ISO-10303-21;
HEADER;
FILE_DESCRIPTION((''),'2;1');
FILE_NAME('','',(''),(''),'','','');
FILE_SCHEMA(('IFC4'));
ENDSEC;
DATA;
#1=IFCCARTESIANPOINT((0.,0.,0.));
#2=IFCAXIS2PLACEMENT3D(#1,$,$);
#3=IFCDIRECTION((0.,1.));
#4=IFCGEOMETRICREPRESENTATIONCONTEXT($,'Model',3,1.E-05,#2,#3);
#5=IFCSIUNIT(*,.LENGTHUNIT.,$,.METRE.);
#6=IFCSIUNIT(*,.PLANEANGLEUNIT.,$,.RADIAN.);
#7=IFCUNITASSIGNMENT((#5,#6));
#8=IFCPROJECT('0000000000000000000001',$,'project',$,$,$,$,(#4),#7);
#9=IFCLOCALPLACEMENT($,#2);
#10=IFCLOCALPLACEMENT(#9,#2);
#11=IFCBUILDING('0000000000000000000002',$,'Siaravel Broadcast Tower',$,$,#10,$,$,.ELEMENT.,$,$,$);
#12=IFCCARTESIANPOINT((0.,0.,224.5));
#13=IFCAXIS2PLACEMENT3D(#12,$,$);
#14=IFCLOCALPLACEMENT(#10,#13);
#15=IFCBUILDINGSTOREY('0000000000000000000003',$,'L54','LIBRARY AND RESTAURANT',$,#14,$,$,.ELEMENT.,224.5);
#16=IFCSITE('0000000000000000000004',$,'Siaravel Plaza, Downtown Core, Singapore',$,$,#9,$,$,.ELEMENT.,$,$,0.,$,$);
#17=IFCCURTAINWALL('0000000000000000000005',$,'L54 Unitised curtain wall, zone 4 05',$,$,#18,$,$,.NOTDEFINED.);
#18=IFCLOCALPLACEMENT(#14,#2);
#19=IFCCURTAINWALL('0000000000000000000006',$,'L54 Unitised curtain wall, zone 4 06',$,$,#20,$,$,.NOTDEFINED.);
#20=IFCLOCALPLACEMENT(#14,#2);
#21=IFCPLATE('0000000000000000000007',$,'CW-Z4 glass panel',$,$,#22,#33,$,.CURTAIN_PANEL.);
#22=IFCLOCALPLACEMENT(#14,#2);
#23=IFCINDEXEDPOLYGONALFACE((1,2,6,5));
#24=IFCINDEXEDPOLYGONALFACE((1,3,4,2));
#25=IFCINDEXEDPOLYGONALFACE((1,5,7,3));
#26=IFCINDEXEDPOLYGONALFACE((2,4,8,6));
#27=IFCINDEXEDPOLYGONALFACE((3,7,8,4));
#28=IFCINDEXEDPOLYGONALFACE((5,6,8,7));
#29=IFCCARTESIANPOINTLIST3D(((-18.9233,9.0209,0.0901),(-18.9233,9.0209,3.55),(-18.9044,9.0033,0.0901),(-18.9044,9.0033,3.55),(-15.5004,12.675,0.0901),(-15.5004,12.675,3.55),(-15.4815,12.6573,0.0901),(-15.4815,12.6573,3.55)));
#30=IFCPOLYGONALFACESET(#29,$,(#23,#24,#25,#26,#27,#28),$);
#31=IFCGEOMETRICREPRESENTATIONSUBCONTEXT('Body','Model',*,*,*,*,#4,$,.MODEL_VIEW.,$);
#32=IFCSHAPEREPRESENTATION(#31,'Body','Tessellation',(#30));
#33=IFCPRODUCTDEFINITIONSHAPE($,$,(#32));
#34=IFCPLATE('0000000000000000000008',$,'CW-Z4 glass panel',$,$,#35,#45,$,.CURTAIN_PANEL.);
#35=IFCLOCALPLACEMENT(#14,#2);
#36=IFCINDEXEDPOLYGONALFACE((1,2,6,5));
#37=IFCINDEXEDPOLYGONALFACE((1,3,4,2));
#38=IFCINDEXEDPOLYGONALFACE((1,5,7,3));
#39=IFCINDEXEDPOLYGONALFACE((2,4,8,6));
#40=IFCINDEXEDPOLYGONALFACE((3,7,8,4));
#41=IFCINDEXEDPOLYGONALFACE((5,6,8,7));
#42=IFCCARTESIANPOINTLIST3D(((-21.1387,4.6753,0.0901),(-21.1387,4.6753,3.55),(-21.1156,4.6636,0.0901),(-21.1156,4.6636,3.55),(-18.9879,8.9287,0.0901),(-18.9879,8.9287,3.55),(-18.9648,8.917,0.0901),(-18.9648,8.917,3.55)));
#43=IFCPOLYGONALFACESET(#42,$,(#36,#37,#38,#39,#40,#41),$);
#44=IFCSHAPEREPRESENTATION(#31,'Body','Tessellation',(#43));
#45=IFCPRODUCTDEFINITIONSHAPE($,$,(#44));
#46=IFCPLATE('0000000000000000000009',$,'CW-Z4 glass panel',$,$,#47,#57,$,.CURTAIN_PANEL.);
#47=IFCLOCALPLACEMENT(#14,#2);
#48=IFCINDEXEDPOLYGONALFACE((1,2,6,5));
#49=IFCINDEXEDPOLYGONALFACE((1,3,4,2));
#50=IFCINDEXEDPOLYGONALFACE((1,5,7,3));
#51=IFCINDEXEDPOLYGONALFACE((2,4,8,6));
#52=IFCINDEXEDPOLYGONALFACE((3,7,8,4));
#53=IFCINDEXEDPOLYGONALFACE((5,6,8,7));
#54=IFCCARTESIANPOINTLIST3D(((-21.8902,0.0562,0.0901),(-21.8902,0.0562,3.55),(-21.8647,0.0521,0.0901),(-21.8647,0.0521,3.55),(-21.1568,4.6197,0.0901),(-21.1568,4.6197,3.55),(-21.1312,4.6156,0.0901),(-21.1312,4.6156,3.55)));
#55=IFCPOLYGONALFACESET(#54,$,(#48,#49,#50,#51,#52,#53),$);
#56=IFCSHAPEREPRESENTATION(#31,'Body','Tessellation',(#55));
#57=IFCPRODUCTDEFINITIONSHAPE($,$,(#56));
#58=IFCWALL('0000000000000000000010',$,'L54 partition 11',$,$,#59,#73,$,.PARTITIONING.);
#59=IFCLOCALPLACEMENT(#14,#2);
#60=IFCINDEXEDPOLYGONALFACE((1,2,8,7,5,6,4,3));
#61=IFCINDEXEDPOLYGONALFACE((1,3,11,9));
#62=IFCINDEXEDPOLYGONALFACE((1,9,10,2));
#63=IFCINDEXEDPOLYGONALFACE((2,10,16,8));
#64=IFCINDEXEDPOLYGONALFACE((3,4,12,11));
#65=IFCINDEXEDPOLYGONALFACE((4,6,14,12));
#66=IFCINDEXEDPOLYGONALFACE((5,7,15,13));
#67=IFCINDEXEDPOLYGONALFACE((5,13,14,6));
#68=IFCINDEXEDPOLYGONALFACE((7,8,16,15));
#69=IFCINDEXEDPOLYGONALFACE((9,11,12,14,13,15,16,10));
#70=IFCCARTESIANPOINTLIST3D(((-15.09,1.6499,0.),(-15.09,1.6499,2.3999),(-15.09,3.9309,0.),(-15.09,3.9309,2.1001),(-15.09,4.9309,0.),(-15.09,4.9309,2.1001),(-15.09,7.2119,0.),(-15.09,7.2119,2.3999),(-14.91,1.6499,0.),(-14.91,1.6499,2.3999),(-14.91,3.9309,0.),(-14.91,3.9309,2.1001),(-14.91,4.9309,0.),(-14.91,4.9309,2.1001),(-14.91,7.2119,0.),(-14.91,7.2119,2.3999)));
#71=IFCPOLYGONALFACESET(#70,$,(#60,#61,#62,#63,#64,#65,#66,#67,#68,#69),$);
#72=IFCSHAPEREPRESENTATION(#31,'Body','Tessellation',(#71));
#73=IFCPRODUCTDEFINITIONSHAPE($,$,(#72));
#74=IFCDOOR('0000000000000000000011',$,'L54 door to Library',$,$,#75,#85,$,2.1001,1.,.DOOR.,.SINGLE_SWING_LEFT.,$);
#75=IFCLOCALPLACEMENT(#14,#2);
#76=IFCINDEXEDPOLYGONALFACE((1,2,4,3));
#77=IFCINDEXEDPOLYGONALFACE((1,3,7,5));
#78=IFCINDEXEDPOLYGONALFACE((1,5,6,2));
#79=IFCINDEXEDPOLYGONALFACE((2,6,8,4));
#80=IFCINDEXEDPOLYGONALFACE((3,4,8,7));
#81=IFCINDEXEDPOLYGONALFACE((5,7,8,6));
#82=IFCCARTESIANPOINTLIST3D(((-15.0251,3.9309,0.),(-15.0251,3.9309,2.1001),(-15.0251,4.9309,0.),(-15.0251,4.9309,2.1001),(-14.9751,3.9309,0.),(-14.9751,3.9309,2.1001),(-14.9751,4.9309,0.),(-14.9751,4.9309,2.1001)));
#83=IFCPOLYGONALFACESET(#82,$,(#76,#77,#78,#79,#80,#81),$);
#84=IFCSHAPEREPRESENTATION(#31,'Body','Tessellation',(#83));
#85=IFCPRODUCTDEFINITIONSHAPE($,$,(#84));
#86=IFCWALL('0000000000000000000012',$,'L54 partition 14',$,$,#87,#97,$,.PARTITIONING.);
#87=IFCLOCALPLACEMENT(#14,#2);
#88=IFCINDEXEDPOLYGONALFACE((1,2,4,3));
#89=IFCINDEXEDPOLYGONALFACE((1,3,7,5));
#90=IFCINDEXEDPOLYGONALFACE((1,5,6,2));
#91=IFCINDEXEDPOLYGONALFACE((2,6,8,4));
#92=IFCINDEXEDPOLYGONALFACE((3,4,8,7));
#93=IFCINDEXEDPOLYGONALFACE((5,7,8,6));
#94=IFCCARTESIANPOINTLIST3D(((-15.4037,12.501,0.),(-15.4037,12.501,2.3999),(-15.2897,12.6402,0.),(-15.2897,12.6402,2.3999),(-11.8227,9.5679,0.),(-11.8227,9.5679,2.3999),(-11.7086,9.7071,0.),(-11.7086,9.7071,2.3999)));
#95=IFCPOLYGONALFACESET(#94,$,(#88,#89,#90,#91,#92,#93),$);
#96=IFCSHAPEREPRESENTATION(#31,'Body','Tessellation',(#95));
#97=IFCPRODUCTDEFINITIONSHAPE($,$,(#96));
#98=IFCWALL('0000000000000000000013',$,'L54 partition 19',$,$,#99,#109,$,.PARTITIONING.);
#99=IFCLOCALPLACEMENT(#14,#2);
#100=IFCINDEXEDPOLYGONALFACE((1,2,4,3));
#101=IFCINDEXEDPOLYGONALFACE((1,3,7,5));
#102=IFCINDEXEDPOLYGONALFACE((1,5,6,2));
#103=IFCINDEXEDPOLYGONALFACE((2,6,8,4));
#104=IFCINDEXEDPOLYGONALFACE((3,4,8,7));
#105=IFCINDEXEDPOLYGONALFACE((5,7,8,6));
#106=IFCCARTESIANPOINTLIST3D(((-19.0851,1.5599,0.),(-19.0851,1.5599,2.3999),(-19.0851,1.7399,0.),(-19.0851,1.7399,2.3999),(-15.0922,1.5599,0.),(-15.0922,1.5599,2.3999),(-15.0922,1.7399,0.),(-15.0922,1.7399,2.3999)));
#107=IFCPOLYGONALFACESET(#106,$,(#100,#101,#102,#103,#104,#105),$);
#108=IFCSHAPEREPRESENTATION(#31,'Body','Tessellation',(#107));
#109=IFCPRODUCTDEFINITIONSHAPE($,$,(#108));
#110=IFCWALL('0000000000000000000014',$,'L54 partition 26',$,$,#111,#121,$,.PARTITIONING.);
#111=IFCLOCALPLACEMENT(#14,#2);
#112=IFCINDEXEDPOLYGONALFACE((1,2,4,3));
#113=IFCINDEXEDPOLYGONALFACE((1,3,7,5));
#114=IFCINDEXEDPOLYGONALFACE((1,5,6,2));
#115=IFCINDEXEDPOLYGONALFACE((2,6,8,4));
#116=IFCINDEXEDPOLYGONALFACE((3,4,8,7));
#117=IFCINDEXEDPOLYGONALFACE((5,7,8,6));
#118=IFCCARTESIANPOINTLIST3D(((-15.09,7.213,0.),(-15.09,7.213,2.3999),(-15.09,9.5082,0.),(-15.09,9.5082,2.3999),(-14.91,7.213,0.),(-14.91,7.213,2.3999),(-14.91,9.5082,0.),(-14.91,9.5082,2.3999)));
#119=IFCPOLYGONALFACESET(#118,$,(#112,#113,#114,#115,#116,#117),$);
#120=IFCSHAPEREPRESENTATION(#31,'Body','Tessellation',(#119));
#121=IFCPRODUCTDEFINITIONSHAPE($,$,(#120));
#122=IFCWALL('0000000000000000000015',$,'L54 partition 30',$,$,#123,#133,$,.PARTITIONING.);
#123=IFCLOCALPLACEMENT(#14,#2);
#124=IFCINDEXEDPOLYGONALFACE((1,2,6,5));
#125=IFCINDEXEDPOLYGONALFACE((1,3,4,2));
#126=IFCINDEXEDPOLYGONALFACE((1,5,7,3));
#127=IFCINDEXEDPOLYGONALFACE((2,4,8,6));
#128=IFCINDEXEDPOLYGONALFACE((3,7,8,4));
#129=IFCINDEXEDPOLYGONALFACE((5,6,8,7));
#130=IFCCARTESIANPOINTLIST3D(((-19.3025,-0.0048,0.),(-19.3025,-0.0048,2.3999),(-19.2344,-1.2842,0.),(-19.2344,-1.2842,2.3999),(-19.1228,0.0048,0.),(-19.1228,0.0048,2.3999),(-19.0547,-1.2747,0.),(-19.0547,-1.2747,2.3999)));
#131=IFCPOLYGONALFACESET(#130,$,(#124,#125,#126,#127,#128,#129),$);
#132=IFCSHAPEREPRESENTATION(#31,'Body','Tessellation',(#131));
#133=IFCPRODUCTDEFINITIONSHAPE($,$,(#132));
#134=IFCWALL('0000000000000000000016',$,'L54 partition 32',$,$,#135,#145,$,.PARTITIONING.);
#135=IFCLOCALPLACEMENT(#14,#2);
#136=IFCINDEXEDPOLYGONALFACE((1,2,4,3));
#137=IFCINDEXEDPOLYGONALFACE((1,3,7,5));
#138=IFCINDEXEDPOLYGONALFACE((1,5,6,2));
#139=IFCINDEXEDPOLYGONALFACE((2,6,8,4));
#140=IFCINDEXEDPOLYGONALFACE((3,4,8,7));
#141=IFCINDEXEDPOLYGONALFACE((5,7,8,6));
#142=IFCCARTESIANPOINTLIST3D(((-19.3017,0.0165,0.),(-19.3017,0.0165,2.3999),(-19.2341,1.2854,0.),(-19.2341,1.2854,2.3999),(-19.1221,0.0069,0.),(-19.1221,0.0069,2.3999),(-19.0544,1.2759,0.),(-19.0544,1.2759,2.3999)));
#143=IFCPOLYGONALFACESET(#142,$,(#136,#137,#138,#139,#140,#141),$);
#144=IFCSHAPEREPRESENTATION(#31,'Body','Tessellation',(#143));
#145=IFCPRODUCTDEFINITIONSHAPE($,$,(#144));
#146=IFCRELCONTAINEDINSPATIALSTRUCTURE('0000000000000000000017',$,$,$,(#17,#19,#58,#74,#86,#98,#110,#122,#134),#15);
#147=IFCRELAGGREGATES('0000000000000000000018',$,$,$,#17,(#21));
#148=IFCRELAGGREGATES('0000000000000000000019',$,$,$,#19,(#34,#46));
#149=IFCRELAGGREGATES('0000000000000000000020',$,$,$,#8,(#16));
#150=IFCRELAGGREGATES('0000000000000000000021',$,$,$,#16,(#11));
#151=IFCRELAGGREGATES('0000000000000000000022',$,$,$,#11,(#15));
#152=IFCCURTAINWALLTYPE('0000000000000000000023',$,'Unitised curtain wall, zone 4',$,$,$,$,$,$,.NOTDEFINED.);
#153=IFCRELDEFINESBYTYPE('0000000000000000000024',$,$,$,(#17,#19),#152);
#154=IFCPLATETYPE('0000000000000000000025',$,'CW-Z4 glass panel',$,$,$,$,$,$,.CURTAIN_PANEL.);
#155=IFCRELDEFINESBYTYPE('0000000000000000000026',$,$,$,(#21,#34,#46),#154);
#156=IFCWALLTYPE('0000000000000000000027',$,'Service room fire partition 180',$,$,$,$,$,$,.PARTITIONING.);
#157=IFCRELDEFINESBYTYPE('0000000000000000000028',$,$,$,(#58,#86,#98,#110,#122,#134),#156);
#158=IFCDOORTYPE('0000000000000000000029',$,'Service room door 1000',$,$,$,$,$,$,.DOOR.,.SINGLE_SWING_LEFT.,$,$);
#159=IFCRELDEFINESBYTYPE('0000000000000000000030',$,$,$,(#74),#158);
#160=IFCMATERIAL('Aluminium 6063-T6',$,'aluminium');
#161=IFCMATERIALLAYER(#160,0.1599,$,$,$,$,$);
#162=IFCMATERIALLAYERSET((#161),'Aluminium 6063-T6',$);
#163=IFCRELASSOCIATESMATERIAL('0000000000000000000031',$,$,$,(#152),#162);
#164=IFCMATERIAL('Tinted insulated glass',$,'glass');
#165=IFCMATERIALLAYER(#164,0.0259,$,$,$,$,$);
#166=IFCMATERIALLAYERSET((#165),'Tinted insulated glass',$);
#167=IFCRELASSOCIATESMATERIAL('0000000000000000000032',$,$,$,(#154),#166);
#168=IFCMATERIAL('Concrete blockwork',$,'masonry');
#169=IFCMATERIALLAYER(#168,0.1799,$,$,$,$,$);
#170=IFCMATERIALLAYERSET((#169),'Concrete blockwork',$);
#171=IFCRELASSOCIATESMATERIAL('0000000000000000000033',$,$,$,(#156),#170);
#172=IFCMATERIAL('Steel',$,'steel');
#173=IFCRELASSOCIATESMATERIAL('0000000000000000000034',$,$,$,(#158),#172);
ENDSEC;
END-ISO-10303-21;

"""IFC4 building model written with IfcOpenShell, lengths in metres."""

from ifc_helpers import new_model, si_unit, direction, frame, frame_2d, origin, origin_2d, place, context, subcontext, project, spatial, rectangle, extrude, material, layer, layer_set, type_object, element, fill, aggregate, save


model = new_model("IFC4")

# Units and contexts
model_context = context("Model", 3, precision=1e-05, world=origin(), true_north=direction((0.0, 1.0)))
body_context = subcontext(model_context, "Body", "Model", "MODEL_VIEW")
ifc_project = project(units=[si_unit("LENGTHUNIT", "METRE"), si_unit("PLANEANGLEUNIT", "RADIAN")], contexts=[model_context])

# Site, building, storey
site_placement = place(None, origin())
site = spatial("IfcSite", under=ifc_project, at=site_placement, Name="Siaravel Plaza, Downtown Core, Singapore", CompositionType="ELEMENT", RefElevation=0.0)
building_placement = place(site_placement, origin())
building = spatial("IfcBuilding", under=site, at=building_placement, Name="Siaravel Broadcast Tower", CompositionType="ELEMENT")
storey_placement = place(building_placement, frame((0.0, 0.0, 224.5)))
storey = spatial("IfcBuildingStorey", under=building, at=storey_placement, Name="L54", Description="LIBRARY AND RESTAURANT", CompositionType="ELEMENT", Elevation=224.5)

# Curtain walls
ifc_material_1 = material(Name="Aluminium 6063-T6", Category="aluminium")
ifc_layer_1 = layer(ifc_material_1, 0.1599)
ifc_layer_set_1 = layer_set([ifc_layer_1], Name="Aluminium 6063-T6")
curtain_wall_type = type_object("IfcCurtainWallType", Name="Unitised curtain wall, zone 4", PredefinedType="NOTDEFINED", material=ifc_layer_set_1)
curtain_wall_1_placement = place(storey_placement, origin())
curtain_wall_1 = element("IfcCurtainWall", 1, at=curtain_wall_1_placement, inside=storey, type_object=curtain_wall_type, Name="L54 Unitised curtain wall, zone 4 05", PredefinedType="NOTDEFINED")
curtain_wall_2_placement = place(storey_placement, origin())
curtain_wall_2 = element("IfcCurtainWall", 2, at=curtain_wall_2_placement, inside=storey, type_object=curtain_wall_type, Name="L54 Unitised curtain wall, zone 4 06", PredefinedType="NOTDEFINED")

# Plates
ifc_material_2 = material(Name="Tinted insulated glass", Category="glass")
ifc_layer_2 = layer(ifc_material_2, 0.0259)
ifc_layer_set_2 = layer_set([ifc_layer_2], Name="Tinted insulated glass")
plate_type = type_object("IfcPlateType", Name="CW-Z4 glass panel", PredefinedType="CURTAIN_PANEL", material=ifc_layer_set_2)
plate_1_placement = place(storey_placement, frame((-17.2024, 10.8391, 0.0901), z_axis=(0.0, 0.0, 1.0), x_axis=(-0.683654, -0.729806, 0.0)))
plate_1 = element("IfcPlate", 3, at=plate_1_placement, type_object=plate_type, Name="CW-Z4 glass panel", PredefinedType="CURTAIN_PANEL", context=body_context, shape_type="SweptSolid", body=[
    extrude(rectangle(XDim=5.0068, YDim=0.0259, at=origin_2d()), origin(), (0.0, 0.0, 1.0), 3.46),
])
aggregate(curtain_wall_1, [plate_1])
plate_2_placement = place(storey_placement, frame((-20.0518, 6.7961, 0.0901), z_axis=(0.0, 0.0, 1.0), x_axis=(-0.45126, -0.892393, 0.0)))
plate_2 = element("IfcPlate", 4, at=plate_2_placement, type_object=plate_type, Name="CW-Z4 glass panel", PredefinedType="CURTAIN_PANEL", context=body_context, shape_type="SweptSolid", body=[
    extrude(rectangle(XDim=4.7664, YDim=0.0259, at=origin_2d()), origin(), (0.0, 0.0, 1.0), 3.46),
])
plate_3_placement = place(storey_placement, frame((-21.5107, 2.3359, 0.0901), z_axis=(0.0, 0.0, 1.0), x_axis=(-0.158685, -0.987329, 0.0)))
plate_3 = element("IfcPlate", 5, at=plate_3_placement, type_object=plate_type, Name="CW-Z4 glass panel", PredefinedType="CURTAIN_PANEL", context=body_context, shape_type="SweptSolid", body=[
    extrude(rectangle(XDim=4.6221, YDim=0.0259, at=origin_2d()), origin(), (0.0, 0.0, 1.0), 3.46),
])
aggregate(curtain_wall_2, [plate_2, plate_3])

# Wall, opening, door
ifc_material_3 = material(Name="Concrete blockwork", Category="masonry")
ifc_layer_3 = layer(ifc_material_3, 0.1799)
ifc_layer_set_3 = layer_set([ifc_layer_3], Name="Concrete blockwork")
wall_type = type_object("IfcWallType", Name="Service room fire partition 180", PredefinedType="PARTITIONING", material=ifc_layer_set_3)
wall_1_placement = place(storey_placement, frame((-15.0, 7.2119, 0.0), z_axis=(0.0, 0.0, 1.0), x_axis=(0.0, -1.0, 0.0)))
wall_1 = element("IfcWall", 6, at=wall_1_placement, inside=storey, type_object=wall_type, Name="L54 partition 11", PredefinedType="PARTITIONING", context=body_context, shape_type="SweptSolid", body=[
    extrude(rectangle(XDim=5.562, YDim=0.1799, at=frame_2d((2.781, 0.0))), origin(), (0.0, 0.0, 1.0), 2.3999),
])
opening_placement = place(wall_1_placement, frame((2.281, 0.0, 0.0)))
opening = element("IfcOpeningElement", 7, at=opening_placement, cuts=wall_1, PredefinedType="OPENING", context=body_context, shape_type="SweptSolid", body=[
    extrude(rectangle(XDim=1.0, YDim=2.1001, at=frame_2d((0.5, 1.05))), frame((0.0, 0.0999, 0.0), z_axis=(0.0, -1.0, 0.0), x_axis=(1.0, 0.0, 0.0)), (0.0, 0.0, 1.0), 0.2),
])
ifc_material_4 = material(Name="Steel", Category="steel")
door_type = type_object("IfcDoorType", Name="Service room door 1000", OperationType="SINGLE_SWING_LEFT", PredefinedType="DOOR", material=ifc_material_4)
door_placement = place(opening_placement, origin())
door = element("IfcDoor", 8, at=door_placement, inside=storey, type_object=door_type, Name="L54 door to Library", OperationType="SINGLE_SWING_LEFT", OverallHeight=2.1001, OverallWidth=1.0, PredefinedType="DOOR", context=body_context, shape_type="SweptSolid", body=[
    extrude(rectangle(XDim=1.0, YDim=2.1001, at=frame_2d((0.5, 1.05))), frame((0.0, 0.0249, 0.0), z_axis=(0.0, -1.0, 0.0), x_axis=(1.0, 0.0, 0.0)), (0.0, 0.0, 1.0), 0.05),
])
fill(opening, door)

# Walls
wall_2_placement = place(storey_placement, frame((-15.3467, 12.5706, 0.0), z_axis=(0.0, 0.0, 1.0), x_axis=(0.773624, -0.633646, 0.0)))
element("IfcWall", 9, at=wall_2_placement, inside=storey, type_object=wall_type, Name="L54 partition 14", PredefinedType="PARTITIONING", context=body_context, shape_type="SweptSolid", body=[
    extrude(rectangle(XDim=4.6289, YDim=0.1799, at=frame_2d((2.3145, 0.0))), origin(), (0.0, 0.0, 1.0), 2.3999),
])
wall_3_placement = place(storey_placement, frame((-15.092, 1.6499, 0.0), z_axis=(0.0, 0.0, 1.0), x_axis=(-1.0, 0.0, 0.0)))
element("IfcWall", 10, at=wall_3_placement, inside=storey, type_object=wall_type, Name="L54 partition 19", PredefinedType="PARTITIONING", context=body_context, shape_type="SweptSolid", body=[
    extrude(rectangle(XDim=3.9929, YDim=0.1799, at=frame_2d((1.9966, 0.0))), origin(), (0.0, 0.0, 1.0), 2.3999),
])
wall_4_placement = place(storey_placement, frame((-15.0, 9.5081, 0.0), z_axis=(0.0, 0.0, 1.0), x_axis=(0.0, -1.0, 0.0)))
element("IfcWall", 11, at=wall_4_placement, inside=storey, type_object=wall_type, Name="L54 partition 26", PredefinedType="PARTITIONING", context=body_context, shape_type="SweptSolid", body=[
    extrude(rectangle(XDim=2.2952, YDim=0.1799, at=frame_2d((1.1475, 0.0))), origin(), (0.0, 0.0, 1.0), 2.3999),
])
wall_5_placement = place(storey_placement, frame((-19.2126, 0.0, 0.0), z_axis=(0.0, 0.0, 1.0), x_axis=(0.053159, -0.998586, 0.0)))
element("IfcWall", 12, at=wall_5_placement, inside=storey, type_object=wall_type, Name="L54 partition 30", PredefinedType="PARTITIONING", context=body_context, shape_type="SweptSolid", body=[
    extrude(rectangle(XDim=1.2812, YDim=0.1799, at=frame_2d((0.6406, 0.0))), origin(), (0.0, 0.0, 1.0), 2.3999),
])
wall_6_placement = place(storey_placement, frame((-19.1443, 1.2805, 0.0), z_axis=(0.0, 0.0, 1.0), x_axis=(-0.053214, -0.998583, 0.0)))
element("IfcWall", 13, at=wall_6_placement, inside=storey, type_object=wall_type, Name="L54 partition 32", PredefinedType="PARTITIONING", context=body_context, shape_type="SweptSolid", body=[
    extrude(rectangle(XDim=1.2708, YDim=0.1799, at=frame_2d((0.6353, 0.0))), origin(), (0.0, 0.0, 1.0), 2.3999),
])

save(model, "model.ifc")
